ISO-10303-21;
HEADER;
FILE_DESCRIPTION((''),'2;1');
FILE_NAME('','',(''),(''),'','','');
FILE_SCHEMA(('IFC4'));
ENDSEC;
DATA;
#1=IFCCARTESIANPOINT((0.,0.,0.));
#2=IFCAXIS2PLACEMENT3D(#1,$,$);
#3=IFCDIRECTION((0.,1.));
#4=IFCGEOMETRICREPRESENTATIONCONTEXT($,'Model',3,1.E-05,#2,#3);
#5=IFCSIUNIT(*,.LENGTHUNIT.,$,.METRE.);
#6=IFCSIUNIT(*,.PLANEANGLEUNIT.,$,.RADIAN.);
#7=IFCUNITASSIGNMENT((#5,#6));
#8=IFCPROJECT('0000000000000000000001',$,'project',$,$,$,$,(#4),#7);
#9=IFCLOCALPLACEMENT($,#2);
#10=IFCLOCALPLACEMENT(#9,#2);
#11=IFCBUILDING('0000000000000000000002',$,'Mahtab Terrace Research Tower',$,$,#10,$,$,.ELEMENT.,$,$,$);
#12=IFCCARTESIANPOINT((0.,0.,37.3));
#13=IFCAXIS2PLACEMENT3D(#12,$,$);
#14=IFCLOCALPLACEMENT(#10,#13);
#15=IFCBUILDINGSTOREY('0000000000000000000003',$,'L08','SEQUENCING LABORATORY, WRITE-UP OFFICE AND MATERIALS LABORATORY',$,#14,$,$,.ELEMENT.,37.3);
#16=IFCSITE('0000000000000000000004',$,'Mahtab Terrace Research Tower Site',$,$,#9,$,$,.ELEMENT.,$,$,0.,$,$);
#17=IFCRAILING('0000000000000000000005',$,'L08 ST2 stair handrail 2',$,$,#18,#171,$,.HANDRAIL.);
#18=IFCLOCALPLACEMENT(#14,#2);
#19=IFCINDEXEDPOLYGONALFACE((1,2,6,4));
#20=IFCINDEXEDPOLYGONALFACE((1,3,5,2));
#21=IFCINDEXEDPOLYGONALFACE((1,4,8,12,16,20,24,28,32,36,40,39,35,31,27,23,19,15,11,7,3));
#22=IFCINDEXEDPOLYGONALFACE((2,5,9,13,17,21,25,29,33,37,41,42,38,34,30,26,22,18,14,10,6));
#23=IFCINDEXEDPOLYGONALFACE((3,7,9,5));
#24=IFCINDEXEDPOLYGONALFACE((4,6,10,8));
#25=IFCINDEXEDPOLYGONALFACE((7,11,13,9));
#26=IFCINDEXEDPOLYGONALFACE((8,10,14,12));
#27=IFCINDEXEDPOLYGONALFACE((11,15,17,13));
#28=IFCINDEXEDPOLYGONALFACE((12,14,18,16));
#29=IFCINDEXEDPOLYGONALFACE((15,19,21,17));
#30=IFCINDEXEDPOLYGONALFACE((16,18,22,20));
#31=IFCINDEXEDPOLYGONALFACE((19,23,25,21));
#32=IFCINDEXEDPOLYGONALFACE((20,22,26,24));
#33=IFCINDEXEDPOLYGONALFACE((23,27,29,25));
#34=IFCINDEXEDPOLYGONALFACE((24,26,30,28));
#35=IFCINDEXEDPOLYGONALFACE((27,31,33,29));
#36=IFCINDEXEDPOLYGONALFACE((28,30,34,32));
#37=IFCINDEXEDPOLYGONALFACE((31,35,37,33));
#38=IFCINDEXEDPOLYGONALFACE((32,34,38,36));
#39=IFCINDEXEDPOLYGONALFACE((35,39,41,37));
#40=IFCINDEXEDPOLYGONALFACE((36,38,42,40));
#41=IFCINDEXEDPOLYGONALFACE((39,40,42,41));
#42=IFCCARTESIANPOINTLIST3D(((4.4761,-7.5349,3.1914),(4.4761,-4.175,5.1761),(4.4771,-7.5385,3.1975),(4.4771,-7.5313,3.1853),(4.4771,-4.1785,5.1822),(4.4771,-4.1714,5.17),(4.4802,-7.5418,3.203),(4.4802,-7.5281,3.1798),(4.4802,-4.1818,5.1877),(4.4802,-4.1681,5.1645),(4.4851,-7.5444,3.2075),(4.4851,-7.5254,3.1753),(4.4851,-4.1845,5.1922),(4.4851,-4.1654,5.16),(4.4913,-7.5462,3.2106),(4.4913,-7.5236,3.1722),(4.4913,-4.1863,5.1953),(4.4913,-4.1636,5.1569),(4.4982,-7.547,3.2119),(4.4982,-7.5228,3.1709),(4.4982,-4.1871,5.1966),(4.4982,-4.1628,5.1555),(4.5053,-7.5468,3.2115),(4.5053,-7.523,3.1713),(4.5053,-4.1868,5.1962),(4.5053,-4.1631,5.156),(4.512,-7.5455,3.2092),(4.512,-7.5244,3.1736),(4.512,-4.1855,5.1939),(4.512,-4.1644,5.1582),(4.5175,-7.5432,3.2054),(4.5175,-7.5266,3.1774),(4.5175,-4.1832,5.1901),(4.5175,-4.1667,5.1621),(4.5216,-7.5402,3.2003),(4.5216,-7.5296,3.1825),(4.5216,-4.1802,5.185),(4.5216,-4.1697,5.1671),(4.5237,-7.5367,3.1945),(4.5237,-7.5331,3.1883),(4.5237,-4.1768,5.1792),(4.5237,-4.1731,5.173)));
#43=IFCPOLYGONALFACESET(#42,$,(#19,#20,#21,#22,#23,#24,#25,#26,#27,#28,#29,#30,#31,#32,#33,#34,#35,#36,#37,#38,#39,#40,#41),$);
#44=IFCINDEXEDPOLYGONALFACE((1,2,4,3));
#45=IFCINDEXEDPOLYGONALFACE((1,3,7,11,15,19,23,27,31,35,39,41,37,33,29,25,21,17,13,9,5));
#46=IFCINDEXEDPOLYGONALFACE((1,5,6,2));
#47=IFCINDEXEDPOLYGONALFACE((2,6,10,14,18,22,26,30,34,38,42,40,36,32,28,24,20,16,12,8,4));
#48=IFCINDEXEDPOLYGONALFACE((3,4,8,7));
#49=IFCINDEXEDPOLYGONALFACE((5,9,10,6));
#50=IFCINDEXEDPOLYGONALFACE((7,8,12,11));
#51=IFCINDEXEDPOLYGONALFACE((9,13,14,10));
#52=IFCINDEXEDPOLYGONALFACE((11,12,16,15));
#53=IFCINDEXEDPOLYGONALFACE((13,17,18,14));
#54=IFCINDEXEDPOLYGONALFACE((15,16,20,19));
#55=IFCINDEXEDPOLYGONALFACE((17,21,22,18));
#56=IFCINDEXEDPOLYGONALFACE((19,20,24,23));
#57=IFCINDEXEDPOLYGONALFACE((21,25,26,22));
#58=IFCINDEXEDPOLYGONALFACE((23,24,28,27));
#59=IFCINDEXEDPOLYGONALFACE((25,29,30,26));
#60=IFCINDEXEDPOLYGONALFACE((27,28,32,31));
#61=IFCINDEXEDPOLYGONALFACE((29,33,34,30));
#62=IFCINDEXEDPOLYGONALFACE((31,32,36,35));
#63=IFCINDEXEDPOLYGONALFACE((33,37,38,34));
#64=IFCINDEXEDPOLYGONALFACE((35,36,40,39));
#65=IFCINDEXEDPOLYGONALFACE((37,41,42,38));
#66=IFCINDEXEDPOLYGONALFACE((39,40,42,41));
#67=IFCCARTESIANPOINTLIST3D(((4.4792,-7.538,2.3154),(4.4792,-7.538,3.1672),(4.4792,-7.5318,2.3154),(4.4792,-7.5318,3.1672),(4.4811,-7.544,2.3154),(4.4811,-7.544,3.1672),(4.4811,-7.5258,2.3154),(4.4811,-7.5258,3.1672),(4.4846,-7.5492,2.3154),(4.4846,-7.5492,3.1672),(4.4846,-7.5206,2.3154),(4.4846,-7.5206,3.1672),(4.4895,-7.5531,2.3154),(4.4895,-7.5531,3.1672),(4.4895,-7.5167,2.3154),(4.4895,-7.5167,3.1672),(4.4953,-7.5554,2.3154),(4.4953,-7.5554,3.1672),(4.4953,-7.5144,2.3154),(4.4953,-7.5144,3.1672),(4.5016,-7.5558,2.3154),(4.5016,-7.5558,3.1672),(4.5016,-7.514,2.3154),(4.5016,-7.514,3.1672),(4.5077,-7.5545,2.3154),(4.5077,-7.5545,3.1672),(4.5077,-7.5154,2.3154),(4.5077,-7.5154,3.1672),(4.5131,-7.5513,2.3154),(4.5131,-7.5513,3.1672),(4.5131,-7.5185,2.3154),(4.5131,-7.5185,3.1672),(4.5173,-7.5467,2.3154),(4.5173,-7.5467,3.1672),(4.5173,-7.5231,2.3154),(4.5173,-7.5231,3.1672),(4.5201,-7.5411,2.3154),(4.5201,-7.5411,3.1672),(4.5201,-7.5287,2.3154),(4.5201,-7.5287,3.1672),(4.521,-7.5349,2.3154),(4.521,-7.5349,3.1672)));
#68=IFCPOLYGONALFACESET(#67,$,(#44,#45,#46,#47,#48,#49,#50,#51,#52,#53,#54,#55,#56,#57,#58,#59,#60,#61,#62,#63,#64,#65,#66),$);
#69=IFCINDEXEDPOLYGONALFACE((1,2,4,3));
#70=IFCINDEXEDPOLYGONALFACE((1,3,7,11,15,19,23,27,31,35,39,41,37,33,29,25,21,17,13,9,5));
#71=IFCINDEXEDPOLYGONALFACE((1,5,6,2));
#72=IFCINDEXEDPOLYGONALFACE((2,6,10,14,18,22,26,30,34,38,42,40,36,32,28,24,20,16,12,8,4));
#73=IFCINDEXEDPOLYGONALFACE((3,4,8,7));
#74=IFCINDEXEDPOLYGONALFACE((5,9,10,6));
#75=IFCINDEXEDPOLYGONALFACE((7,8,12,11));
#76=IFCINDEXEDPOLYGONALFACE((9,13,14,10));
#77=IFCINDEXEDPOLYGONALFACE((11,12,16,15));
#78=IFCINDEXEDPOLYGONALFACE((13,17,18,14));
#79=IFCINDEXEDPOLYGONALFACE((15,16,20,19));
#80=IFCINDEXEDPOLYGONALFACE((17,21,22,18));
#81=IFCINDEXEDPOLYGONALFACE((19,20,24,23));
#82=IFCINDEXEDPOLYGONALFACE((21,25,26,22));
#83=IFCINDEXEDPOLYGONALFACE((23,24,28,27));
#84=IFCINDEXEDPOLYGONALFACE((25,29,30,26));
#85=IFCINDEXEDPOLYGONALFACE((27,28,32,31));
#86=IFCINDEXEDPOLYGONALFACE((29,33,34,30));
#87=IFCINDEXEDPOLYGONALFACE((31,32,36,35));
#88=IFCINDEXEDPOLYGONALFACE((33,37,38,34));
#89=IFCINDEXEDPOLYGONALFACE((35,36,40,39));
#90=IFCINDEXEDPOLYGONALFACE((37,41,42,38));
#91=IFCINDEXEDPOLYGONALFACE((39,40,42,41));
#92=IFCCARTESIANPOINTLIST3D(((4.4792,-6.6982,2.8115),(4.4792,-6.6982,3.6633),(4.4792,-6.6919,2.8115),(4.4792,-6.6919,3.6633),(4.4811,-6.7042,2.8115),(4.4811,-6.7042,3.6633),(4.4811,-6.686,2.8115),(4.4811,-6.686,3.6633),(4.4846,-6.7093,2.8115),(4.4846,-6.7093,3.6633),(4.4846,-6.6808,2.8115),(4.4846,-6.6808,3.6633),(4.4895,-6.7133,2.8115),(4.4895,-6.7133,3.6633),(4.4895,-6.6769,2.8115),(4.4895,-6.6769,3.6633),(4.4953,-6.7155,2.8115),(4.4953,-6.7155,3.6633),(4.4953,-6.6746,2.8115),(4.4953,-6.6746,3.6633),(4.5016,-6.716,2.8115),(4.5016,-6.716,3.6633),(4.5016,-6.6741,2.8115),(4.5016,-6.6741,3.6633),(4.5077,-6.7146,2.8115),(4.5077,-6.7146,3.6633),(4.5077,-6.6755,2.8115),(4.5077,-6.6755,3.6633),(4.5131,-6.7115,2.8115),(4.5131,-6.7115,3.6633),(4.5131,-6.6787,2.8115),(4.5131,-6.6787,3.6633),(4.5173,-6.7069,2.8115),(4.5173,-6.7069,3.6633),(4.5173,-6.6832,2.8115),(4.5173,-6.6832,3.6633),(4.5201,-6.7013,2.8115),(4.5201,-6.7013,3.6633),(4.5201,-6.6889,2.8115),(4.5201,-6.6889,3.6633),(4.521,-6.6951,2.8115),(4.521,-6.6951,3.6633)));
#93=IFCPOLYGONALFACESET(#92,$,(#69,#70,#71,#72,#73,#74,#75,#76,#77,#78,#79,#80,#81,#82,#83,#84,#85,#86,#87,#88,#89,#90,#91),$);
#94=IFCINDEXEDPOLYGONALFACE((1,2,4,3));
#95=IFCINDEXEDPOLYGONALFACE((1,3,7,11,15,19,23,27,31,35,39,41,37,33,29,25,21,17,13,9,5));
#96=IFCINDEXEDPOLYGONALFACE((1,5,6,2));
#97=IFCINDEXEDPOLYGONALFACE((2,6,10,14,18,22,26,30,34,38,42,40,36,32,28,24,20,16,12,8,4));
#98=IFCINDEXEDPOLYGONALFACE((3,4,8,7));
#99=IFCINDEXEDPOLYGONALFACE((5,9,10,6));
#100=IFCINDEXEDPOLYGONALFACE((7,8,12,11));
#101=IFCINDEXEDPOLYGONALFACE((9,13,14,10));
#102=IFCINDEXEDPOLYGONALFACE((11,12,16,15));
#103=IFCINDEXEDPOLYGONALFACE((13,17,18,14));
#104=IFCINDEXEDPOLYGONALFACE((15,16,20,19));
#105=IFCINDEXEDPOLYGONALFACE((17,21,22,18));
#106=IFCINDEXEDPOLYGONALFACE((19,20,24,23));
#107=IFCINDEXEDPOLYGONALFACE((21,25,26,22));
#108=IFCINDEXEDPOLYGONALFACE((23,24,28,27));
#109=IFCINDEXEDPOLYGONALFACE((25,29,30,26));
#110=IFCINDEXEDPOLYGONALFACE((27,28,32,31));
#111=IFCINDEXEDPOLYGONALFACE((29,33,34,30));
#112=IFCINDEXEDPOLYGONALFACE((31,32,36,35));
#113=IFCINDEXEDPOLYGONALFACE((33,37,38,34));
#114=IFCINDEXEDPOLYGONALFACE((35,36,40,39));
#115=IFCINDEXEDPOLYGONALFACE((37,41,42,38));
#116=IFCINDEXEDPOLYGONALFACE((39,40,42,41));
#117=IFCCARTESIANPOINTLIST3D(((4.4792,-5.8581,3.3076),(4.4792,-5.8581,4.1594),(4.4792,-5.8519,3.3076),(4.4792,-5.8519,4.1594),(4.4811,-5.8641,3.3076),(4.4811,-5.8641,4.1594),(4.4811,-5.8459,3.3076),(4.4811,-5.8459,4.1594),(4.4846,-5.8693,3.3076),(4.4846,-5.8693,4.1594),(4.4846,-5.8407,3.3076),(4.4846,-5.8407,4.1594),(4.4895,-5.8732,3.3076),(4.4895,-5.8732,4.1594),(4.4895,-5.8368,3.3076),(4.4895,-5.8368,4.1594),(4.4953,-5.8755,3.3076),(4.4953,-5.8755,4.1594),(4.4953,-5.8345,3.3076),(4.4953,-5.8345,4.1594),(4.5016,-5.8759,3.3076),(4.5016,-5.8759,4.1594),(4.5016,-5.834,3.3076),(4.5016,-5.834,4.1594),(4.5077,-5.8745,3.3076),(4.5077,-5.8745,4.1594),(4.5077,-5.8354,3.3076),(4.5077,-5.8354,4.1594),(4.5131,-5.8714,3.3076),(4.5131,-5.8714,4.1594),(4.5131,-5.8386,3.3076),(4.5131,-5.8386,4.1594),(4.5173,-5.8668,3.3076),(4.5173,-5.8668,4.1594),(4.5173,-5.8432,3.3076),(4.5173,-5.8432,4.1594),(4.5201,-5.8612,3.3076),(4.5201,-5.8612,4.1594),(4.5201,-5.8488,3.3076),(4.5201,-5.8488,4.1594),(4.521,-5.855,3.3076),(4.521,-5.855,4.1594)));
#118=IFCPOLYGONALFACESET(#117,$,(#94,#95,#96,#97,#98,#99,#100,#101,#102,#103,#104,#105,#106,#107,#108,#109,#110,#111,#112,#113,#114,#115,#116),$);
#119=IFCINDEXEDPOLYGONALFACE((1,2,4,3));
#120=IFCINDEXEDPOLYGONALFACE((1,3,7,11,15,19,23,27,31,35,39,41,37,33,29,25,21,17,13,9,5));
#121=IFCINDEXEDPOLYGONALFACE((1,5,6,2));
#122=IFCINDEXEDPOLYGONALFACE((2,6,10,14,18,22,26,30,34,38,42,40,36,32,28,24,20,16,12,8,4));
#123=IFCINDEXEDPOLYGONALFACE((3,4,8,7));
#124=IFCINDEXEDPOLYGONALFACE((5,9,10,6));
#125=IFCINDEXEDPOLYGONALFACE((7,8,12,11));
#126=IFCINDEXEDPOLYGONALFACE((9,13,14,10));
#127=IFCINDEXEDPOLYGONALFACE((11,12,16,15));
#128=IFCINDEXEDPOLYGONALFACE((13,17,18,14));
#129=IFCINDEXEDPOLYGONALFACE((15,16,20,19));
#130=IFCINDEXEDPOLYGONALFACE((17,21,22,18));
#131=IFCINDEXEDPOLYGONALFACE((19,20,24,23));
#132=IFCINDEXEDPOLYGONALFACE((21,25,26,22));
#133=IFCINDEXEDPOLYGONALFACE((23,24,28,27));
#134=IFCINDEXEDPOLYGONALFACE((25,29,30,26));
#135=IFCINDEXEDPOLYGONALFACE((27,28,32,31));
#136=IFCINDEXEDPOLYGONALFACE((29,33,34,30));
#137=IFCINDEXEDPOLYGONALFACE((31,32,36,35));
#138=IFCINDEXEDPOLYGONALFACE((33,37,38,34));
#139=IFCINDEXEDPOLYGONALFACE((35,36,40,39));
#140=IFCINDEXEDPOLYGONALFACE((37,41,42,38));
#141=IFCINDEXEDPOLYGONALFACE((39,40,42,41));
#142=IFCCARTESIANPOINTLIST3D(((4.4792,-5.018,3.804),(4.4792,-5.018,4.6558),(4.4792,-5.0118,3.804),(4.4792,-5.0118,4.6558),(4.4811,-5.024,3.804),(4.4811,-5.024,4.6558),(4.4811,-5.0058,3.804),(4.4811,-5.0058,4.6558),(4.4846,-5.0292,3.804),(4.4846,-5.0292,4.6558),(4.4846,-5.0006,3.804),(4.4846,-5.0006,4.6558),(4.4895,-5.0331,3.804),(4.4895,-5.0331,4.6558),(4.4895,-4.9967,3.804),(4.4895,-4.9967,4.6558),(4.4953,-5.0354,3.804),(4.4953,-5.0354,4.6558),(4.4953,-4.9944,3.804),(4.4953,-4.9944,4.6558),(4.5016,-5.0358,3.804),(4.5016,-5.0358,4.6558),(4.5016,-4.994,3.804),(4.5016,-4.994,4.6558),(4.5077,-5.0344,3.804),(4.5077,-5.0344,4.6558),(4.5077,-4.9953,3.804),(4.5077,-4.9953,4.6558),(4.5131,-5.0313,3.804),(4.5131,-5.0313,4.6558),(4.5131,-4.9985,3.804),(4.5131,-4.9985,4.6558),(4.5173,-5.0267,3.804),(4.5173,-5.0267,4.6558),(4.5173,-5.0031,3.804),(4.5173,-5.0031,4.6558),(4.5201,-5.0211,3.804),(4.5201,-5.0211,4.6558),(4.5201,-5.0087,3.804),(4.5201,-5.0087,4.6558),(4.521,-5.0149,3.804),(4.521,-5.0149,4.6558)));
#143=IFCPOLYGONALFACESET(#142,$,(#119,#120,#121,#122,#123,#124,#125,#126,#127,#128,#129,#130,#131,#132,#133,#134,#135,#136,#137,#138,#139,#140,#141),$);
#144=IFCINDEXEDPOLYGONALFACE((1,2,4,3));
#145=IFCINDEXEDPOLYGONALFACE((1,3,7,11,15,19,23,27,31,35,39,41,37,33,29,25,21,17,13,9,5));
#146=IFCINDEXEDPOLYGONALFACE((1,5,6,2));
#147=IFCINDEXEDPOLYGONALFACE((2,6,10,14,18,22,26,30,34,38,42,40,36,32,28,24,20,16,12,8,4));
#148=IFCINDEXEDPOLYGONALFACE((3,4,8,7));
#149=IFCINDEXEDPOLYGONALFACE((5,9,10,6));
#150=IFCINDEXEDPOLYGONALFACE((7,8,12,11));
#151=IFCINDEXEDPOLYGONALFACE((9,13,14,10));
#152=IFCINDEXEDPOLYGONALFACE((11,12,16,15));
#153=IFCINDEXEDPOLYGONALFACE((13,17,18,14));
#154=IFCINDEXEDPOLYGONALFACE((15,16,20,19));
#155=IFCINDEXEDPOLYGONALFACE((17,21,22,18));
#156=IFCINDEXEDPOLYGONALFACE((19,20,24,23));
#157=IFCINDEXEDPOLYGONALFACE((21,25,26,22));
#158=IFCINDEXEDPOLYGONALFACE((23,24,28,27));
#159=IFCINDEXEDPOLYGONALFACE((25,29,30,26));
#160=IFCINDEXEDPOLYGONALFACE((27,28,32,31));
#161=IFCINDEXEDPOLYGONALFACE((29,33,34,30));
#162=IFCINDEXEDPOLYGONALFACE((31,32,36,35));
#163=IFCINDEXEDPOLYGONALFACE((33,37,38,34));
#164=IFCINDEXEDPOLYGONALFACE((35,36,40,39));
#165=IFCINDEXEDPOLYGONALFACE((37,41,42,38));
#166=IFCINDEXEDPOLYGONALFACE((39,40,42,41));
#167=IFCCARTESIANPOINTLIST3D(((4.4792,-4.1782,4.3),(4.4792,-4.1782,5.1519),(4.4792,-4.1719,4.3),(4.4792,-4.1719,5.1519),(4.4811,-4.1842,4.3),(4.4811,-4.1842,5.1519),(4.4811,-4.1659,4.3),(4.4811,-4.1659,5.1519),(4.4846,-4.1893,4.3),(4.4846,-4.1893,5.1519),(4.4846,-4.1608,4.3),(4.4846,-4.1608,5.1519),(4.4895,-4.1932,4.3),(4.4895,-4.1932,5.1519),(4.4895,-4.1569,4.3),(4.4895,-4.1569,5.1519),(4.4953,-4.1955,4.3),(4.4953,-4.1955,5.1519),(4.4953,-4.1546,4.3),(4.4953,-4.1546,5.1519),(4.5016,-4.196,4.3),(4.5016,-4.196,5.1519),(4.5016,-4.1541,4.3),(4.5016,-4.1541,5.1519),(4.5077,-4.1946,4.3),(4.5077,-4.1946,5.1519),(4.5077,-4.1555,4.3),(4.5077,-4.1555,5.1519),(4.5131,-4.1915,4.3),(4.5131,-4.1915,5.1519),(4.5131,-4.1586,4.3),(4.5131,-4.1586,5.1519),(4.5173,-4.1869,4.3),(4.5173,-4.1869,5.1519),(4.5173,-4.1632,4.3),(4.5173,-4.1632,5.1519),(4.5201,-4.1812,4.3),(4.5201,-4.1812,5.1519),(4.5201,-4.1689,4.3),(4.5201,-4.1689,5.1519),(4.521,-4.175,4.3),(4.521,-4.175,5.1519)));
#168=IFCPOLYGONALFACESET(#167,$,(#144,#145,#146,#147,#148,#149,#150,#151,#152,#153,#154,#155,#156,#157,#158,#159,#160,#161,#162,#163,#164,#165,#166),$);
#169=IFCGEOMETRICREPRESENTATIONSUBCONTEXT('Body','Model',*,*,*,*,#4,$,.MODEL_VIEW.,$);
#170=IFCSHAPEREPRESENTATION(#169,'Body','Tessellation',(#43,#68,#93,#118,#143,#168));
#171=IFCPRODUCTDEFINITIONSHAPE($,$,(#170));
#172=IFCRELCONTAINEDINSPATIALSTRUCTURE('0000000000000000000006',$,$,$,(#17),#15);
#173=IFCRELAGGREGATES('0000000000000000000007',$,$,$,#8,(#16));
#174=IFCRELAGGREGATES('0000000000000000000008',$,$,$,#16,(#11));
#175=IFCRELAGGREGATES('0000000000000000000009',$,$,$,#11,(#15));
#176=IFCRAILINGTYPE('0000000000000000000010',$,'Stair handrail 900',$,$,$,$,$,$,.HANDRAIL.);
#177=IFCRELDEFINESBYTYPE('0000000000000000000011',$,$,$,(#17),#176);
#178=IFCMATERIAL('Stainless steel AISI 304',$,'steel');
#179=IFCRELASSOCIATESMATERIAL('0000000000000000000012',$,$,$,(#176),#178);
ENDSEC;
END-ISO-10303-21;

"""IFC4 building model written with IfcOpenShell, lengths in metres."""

from ifc_helpers import new_model, si_unit, direction, frame, origin, origin_2d, place, context, subcontext, project, spatial, circle, extrude, material, type_object, element, save


model = new_model("IFC4")

# Units and contexts
model_context = context("Model", 3, precision=1e-05, world=origin(), true_north=direction((0.0, 1.0)))
body_context = subcontext(model_context, "Body", "Model", "MODEL_VIEW")
ifc_project = project(units=[si_unit("LENGTHUNIT", "METRE"), si_unit("PLANEANGLEUNIT", "RADIAN")], contexts=[model_context])

# Site, building, storey
site_placement = place(None, origin())
site = spatial("IfcSite", under=ifc_project, at=site_placement, Name="Mahtab Terrace Research Tower Site", CompositionType="ELEMENT", RefElevation=0.0)
building_placement = place(site_placement, origin())
building = spatial("IfcBuilding", under=site, at=building_placement, Name="Mahtab Terrace Research Tower", CompositionType="ELEMENT")
storey_placement = place(building_placement, frame((0.0, 0.0, 37.3)))
storey = spatial("IfcBuildingStorey", under=building, at=storey_placement, Name="L08", Description="SEQUENCING LABORATORY, WRITE-UP OFFICE AND MATERIALS LABORATORY", CompositionType="ELEMENT", Elevation=37.3)

# Railing
ifc_material_1 = material(Name="Stainless steel AISI 304", Category="steel")
railing_type_1 = type_object("IfcRailingType", Name="Stair handrail 900", PredefinedType="HANDRAIL", material=ifc_material_1)
railing_1_placement = place(storey_placement, frame((4.5, -7.5349, 2.3154)))
element("IfcRailing", 1, at=railing_1_placement, inside=storey, type_object=railing_type_1, Name="L08 ST2 stair handrail 2", PredefinedType="HANDRAIL", context=body_context, shape_type="SweptSolid", body=[
    extrude(circle(Radius=0.0239, at=origin_2d()), frame((0.0, 0.0, 0.876), z_axis=(0.0, 0.861011, 0.508586), x_axis=(-1.0, 0.0, 0.0)), (0.0, 0.0, 1.0), 3.9023),
    extrude(circle(Radius=0.021, at=origin_2d()), origin(), (0.0, 0.0, 1.0), 0.8518),
    extrude(circle(Radius=0.021, at=origin_2d()), frame((0.0, 0.8398, 0.4961)), (0.0, 0.0, 1.0), 0.8518),
    extrude(circle(Radius=0.021, at=origin_2d()), frame((0.0, 1.6799, 0.9922)), (0.0, 0.0, 1.0), 0.8518),
    extrude(circle(Radius=0.021, at=origin_2d()), frame((0.0, 2.52, 1.4885)), (0.0, 0.0, 1.0), 0.8518),
    extrude(circle(Radius=0.021, at=origin_2d()), frame((0.0, 3.3599, 1.9846)), (0.0, 0.0, 1.0), 0.8518),
])

save(model, "model.ifc")
